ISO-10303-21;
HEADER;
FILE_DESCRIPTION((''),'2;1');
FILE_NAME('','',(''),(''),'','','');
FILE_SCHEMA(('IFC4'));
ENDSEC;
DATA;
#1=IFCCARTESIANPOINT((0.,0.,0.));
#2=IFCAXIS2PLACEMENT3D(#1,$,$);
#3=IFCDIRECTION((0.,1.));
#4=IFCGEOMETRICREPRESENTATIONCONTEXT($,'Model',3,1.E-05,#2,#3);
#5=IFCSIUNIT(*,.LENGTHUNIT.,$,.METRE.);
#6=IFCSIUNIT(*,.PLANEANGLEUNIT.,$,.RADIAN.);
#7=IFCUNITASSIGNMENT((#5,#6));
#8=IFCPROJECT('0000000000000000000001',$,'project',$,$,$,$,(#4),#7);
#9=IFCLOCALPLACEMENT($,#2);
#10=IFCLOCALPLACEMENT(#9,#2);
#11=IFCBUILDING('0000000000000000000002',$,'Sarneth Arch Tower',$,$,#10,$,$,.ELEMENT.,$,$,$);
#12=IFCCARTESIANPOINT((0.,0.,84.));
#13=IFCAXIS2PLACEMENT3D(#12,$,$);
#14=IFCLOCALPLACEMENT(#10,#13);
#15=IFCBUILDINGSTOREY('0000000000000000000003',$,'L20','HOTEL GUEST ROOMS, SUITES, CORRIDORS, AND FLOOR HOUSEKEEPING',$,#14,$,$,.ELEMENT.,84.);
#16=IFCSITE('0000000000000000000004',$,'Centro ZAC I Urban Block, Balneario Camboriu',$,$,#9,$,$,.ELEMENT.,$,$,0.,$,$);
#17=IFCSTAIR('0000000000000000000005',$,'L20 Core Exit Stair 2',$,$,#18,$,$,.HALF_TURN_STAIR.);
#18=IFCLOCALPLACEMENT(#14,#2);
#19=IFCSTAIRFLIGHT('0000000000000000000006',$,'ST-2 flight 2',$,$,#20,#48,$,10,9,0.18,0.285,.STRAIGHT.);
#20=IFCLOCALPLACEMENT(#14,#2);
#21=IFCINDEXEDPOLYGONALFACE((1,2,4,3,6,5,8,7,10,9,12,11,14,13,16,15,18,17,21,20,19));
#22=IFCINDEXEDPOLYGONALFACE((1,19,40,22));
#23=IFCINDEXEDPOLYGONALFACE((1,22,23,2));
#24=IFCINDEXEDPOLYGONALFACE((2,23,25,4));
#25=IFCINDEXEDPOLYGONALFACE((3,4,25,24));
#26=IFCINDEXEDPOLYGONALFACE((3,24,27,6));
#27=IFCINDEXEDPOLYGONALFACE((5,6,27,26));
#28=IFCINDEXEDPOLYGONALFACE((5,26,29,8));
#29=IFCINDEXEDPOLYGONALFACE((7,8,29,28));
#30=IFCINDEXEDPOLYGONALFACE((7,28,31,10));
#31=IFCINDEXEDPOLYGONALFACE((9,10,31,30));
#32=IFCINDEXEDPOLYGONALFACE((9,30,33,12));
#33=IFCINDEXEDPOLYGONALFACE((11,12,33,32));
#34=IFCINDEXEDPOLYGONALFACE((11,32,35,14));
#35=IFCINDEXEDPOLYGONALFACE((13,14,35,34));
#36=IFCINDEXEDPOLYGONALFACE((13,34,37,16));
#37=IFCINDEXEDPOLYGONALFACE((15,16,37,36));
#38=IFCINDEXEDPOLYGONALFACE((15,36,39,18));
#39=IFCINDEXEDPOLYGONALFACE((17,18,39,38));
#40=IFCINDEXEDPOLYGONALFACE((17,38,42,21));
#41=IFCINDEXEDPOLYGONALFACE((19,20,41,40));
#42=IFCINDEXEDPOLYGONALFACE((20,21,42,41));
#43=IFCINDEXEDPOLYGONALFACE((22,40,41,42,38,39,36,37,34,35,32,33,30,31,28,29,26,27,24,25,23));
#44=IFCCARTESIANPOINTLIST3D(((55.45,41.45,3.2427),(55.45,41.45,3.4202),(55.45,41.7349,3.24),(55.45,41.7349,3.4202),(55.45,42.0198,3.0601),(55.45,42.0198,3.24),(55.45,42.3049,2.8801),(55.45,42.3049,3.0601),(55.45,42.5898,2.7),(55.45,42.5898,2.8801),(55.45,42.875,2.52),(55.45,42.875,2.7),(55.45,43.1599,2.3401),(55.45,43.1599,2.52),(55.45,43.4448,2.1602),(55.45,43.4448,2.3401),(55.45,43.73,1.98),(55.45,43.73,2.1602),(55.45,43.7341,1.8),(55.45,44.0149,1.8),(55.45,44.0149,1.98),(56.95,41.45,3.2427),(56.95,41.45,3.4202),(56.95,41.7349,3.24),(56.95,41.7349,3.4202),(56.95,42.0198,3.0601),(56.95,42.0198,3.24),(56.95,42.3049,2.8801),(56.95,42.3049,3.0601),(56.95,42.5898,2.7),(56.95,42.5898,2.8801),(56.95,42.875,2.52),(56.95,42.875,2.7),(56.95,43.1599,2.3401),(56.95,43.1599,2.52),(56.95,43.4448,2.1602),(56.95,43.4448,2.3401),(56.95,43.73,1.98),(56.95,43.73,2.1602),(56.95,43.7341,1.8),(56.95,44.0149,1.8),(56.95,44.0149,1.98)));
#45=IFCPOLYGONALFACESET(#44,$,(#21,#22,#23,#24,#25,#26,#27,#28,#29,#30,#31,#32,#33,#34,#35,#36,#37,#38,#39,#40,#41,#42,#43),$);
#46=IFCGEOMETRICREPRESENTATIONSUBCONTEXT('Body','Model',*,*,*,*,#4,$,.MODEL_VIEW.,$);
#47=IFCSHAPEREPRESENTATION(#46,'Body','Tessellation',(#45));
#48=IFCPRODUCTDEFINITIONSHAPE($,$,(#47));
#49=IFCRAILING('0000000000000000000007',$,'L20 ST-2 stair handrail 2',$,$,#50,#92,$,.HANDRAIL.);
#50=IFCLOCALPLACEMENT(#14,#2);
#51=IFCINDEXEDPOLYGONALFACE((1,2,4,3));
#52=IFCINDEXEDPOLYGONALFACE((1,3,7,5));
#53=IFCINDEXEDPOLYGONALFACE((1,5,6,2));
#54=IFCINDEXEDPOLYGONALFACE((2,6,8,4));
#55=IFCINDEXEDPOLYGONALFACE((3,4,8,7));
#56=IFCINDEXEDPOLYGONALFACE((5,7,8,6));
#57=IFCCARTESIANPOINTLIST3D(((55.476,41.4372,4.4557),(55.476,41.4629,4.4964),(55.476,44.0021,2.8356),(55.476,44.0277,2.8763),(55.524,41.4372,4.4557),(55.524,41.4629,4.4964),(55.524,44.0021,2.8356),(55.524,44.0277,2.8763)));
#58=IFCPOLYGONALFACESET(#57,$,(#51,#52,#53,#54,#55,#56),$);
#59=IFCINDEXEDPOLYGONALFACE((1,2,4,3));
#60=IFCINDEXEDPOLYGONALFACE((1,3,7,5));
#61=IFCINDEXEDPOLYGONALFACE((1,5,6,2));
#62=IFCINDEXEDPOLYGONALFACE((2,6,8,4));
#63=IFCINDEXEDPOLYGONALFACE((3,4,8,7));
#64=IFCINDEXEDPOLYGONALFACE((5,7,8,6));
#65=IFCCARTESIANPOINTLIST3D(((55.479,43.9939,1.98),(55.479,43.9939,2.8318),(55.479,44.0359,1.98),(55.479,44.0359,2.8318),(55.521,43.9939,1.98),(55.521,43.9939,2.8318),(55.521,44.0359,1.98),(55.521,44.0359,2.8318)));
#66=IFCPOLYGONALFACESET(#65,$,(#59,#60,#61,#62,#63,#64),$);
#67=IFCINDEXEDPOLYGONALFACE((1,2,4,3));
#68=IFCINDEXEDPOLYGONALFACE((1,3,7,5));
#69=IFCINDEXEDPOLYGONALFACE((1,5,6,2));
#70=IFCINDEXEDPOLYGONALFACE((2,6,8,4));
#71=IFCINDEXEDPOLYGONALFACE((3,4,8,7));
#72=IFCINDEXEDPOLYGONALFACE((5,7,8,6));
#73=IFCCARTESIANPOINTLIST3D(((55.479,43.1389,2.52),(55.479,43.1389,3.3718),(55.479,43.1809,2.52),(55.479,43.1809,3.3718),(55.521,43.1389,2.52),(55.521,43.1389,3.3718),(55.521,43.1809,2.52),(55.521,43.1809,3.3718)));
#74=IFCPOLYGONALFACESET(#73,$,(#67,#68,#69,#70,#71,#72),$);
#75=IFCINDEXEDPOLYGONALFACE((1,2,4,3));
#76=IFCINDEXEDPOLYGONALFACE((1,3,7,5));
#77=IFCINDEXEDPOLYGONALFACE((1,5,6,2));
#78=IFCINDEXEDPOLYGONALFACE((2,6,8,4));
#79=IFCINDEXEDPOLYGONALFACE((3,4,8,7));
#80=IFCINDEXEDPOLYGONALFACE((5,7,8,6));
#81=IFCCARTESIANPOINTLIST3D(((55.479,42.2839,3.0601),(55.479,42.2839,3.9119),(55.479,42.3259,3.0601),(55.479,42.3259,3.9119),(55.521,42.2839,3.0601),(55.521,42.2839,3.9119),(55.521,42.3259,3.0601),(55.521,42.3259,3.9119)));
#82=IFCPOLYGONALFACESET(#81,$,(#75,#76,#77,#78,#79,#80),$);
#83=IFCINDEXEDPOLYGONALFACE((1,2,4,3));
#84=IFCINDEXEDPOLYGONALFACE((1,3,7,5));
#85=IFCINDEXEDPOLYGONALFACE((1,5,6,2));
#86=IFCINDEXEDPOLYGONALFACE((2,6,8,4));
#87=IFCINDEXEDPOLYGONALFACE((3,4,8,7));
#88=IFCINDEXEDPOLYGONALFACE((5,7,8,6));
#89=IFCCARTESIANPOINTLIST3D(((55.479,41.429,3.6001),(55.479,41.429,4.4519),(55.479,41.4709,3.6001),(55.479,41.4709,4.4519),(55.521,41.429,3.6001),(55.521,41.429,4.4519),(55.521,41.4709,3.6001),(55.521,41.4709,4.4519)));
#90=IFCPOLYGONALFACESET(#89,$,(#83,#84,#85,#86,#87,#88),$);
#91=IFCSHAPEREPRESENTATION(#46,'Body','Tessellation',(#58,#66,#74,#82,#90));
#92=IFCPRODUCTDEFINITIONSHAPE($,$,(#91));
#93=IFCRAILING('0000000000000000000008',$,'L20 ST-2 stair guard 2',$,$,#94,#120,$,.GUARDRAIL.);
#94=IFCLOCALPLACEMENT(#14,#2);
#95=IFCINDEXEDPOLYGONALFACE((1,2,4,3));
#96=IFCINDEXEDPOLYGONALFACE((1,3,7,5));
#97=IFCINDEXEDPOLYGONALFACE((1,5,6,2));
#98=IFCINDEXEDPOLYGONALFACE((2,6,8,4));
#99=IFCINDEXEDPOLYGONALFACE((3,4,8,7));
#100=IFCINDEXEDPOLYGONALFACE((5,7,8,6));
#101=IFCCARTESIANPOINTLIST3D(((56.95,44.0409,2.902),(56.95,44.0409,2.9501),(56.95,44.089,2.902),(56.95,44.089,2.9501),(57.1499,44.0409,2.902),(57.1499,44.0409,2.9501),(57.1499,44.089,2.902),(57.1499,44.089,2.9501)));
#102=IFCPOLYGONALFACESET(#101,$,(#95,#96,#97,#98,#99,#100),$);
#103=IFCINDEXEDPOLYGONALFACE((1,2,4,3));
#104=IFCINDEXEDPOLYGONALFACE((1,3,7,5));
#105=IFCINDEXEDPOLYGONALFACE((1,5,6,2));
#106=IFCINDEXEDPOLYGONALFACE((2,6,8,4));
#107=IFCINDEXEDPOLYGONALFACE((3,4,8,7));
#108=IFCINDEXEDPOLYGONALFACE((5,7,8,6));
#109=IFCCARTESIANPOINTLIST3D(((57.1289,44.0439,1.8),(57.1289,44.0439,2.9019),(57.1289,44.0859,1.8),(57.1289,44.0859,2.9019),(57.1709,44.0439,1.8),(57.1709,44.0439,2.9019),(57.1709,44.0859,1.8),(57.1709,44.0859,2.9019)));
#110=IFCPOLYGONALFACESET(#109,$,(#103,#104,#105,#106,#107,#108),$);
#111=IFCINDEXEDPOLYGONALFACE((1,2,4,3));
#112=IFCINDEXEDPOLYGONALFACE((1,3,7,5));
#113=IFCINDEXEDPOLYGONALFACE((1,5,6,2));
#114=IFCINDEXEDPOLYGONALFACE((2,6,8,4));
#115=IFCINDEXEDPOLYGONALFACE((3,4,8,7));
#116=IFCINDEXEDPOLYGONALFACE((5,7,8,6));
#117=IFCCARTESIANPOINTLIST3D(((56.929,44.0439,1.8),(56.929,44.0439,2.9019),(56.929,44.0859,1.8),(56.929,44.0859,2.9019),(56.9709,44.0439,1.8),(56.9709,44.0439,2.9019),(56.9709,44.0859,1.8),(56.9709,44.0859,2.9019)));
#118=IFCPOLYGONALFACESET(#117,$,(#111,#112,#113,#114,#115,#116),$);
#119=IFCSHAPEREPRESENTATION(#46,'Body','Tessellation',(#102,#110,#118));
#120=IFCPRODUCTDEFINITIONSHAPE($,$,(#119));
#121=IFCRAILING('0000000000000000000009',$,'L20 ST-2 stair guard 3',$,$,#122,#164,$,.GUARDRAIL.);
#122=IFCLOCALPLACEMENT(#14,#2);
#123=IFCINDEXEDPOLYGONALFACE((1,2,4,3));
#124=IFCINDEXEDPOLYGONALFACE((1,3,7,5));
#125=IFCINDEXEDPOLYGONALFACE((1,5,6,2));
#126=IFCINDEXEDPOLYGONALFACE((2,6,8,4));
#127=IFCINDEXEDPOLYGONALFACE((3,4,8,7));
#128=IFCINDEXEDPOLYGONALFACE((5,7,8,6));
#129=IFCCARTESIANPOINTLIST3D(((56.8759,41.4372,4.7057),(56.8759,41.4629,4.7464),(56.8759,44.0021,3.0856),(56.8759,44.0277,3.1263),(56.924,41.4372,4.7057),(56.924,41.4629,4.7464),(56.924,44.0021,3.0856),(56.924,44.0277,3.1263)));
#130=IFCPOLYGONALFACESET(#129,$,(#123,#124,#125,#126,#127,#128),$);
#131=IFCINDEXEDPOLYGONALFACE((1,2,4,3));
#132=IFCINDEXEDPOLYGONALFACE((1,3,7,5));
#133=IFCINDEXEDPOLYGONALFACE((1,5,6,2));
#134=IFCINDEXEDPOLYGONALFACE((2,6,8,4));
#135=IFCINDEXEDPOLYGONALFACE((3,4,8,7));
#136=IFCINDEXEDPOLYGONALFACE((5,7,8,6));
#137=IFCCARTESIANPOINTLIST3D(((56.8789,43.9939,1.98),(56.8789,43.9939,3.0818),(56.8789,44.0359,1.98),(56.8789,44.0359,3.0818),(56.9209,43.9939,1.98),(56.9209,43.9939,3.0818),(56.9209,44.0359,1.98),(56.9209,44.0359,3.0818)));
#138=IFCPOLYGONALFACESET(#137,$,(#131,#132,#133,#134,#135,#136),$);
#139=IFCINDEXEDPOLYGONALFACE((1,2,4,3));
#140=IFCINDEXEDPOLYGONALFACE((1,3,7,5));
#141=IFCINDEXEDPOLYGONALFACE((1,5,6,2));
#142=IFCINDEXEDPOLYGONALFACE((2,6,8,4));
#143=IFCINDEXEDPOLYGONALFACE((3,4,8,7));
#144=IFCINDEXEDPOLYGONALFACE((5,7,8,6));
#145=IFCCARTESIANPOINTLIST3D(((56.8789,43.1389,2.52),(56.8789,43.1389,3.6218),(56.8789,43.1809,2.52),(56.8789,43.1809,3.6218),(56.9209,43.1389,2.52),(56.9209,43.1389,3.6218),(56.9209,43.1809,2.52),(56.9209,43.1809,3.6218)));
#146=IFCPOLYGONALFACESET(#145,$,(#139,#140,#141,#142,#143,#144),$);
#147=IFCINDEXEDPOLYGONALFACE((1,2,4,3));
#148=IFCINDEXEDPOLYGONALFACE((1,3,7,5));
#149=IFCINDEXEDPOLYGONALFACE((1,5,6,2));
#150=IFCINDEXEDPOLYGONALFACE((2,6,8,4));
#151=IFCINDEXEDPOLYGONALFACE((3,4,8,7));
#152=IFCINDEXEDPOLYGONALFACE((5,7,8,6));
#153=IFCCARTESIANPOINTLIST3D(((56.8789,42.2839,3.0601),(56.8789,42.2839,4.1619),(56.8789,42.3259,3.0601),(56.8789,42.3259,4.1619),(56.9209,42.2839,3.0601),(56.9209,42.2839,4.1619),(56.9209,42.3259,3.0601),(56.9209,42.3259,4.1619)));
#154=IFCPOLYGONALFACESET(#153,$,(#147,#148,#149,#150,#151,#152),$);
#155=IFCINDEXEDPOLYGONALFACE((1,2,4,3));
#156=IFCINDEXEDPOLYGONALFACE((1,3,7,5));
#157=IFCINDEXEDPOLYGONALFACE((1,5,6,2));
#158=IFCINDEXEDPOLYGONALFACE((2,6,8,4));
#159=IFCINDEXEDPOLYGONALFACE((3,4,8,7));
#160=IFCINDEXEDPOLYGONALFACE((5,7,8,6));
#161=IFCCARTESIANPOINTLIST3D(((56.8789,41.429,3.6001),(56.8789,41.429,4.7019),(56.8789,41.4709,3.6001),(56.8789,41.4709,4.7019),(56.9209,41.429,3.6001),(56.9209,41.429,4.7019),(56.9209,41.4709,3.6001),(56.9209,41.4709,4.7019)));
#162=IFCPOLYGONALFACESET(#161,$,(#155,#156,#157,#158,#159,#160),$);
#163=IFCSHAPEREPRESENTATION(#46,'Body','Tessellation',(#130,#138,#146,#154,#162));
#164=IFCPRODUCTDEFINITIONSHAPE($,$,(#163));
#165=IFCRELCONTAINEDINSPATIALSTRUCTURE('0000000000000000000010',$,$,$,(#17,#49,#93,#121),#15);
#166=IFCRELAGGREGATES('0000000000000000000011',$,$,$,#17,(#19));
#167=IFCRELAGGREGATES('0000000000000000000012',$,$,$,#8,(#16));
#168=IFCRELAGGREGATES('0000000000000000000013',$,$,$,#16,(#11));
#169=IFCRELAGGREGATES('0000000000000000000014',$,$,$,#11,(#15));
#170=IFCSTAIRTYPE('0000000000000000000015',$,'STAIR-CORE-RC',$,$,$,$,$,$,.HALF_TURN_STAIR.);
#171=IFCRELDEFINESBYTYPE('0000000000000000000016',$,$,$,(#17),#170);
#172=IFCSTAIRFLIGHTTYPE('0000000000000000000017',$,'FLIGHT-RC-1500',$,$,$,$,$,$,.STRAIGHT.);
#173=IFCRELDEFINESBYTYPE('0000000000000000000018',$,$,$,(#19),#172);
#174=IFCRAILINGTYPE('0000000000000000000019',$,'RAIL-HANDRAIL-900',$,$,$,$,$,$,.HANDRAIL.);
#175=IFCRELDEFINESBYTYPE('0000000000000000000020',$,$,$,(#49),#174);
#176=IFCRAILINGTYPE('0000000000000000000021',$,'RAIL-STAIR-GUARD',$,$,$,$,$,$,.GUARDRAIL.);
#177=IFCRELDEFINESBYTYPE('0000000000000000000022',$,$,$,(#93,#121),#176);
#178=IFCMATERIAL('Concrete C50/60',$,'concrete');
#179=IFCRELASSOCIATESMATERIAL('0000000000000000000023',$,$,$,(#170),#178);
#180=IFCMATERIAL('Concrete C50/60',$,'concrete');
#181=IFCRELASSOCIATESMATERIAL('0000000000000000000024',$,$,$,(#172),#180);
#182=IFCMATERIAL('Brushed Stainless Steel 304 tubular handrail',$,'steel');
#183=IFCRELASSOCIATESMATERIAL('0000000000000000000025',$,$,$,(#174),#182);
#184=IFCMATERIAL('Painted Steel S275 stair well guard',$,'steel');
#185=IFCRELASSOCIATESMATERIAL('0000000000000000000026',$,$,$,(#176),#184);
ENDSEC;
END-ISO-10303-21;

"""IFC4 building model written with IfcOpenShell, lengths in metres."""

from ifc_helpers import new_model, si_unit, direction, frame, origin, origin_2d, place, context, subcontext, project, spatial, polyline, rectangle, outline, extrude, material, type_object, element, aggregate, save


model = new_model("IFC4")

# Units and contexts
model_context = context("Model", 3, precision=1e-05, world=origin(), true_north=direction((0.0, 1.0)))
body_context = subcontext(model_context, "Body", "Model", "MODEL_VIEW")
ifc_project = project(units=[si_unit("LENGTHUNIT", "METRE"), si_unit("PLANEANGLEUNIT", "RADIAN")], contexts=[model_context])

# Site, building, storey
site_placement = place(None, origin())
site = spatial("IfcSite", under=ifc_project, at=site_placement, Name="Centro ZAC I Urban Block, Balneario Camboriu", CompositionType="ELEMENT", RefElevation=0.0)
building_placement = place(site_placement, origin())
building = spatial("IfcBuilding", under=site, at=building_placement, Name="Sarneth Arch Tower", CompositionType="ELEMENT")
storey_placement = place(building_placement, frame((0.0, 0.0, 84.0)))
storey = spatial("IfcBuildingStorey", under=building, at=storey_placement, Name="L20", Description="HOTEL GUEST ROOMS, SUITES, CORRIDORS, AND FLOOR HOUSEKEEPING", CompositionType="ELEMENT", Elevation=84.0)

# Stair, stair flight
ifc_material_1 = material(Name="Concrete C50/60", Category="concrete")
stair_type = type_object("IfcStairType", Name="STAIR-CORE-RC", PredefinedType="HALF_TURN_STAIR", material=ifc_material_1)
stair_placement = place(storey_placement, origin())
stair = element("IfcStair", 1, at=stair_placement, inside=storey, type_object=stair_type, Name="L20 Core Exit Stair 2", PredefinedType="HALF_TURN_STAIR")
ifc_material_2 = material(Name="Concrete C50/60", Category="concrete")
stair_flight_type = type_object("IfcStairFlightType", Name="FLIGHT-RC-1500", PredefinedType="STRAIGHT", material=ifc_material_2)
stair_flight_placement = place(storey_placement, frame((56.2, 44.0149, 1.8), z_axis=(0.0, 0.0, 1.0), x_axis=(0.0, -1.0, 0.0)))
stair_flight = element("IfcStairFlight", 2, at=stair_flight_placement, type_object=stair_flight_type, Name="ST-2 flight 2", NumberOfRisers=10, NumberOfTreads=9, PredefinedType="STRAIGHT", RiserHeight=0.18, TreadLength=0.285, context=body_context, shape_type="SweptSolid", body=[
    extrude(outline(polyline([(0.0, 0.0), (0.0, 0.1799), (0.2849, 0.1799), (0.2849, 0.3601), (0.5701, 0.3601), (0.5701, 0.54), (0.855, 0.54), (0.855, 0.72), (1.1399, 0.72), (1.1399, 0.8999), (1.425, 0.8999), (1.425, 1.0801), (1.71, 1.0801), (1.71, 1.26), (1.9951, 1.26), (1.9951, 1.4399), (2.28, 1.4399), (2.28, 1.6201), (2.5649, 1.6201), (2.5649, 1.8), (2.5649, 1.4426), (0.2808, 0.0), (0.0, 0.0)])), frame((0.0, 0.75, 0.0), z_axis=(0.0, -1.0, 0.0), x_axis=(1.0, 0.0, 0.0)), (0.0, 0.0, 1.0), 1.5),
])
aggregate(stair, [stair_flight])

# Railings
ifc_material_3 = material(Name="Brushed Stainless Steel 304 tubular handrail", Category="steel")
railing_type_1 = type_object("IfcRailingType", Name="RAIL-HANDRAIL-900", PredefinedType="HANDRAIL", material=ifc_material_3)
railing_1_placement = place(storey_placement, frame((55.5, 44.0149, 1.98)))
element("IfcRailing", 3, at=railing_1_placement, inside=storey, type_object=railing_type_1, Name="L20 ST-2 stair handrail 2", PredefinedType="HANDRAIL", context=body_context, shape_type="SweptSolid", body=[
    extrude(rectangle(XDim=0.0481, YDim=0.0481, at=origin_2d()), frame((0.0, 0.0, 0.876), z_axis=(0.0, -0.845466, 0.534029), x_axis=(1.0, 0.0, 0.0)), (0.0, 0.0, 1.0), 3.0337),
    extrude(rectangle(XDim=0.042, YDim=0.042, at=origin_2d()), origin(), (0.0, 0.0, 1.0), 0.8518),
    extrude(rectangle(XDim=0.042, YDim=0.042, at=origin_2d()), frame((0.0, -0.855, 0.54)), (0.0, 0.0, 1.0), 0.8518),
    extrude(rectangle(XDim=0.042, YDim=0.042, at=origin_2d()), frame((0.0, -1.71, 1.0801)), (0.0, 0.0, 1.0), 0.8518),
    extrude(rectangle(XDim=0.042, YDim=0.042, at=origin_2d()), frame((0.0, -2.5649, 1.6201)), (0.0, 0.0, 1.0), 0.8518),
])
ifc_material_4 = material(Name="Painted Steel S275 stair well guard", Category="steel")
railing_type_2 = type_object("IfcRailingType", Name="RAIL-STAIR-GUARD", PredefinedType="GUARDRAIL", material=ifc_material_4)
railing_2_placement = place(storey_placement, frame((57.1499, 44.0649, 1.8)))
element("IfcRailing", 4, at=railing_2_placement, inside=storey, type_object=railing_type_2, Name="L20 ST-2 stair guard 2", PredefinedType="GUARDRAIL", context=body_context, shape_type="SweptSolid", body=[
    extrude(rectangle(XDim=0.0481, YDim=0.0481, at=origin_2d()), frame((0.0, 0.0, 1.126), z_axis=(-1.0, 0.0, 0.0), x_axis=(0.0, -1.0, 0.0)), (0.0, 0.0, 1.0), 0.2),
    extrude(rectangle(XDim=0.042, YDim=0.042, at=origin_2d()), origin(), (0.0, 0.0, 1.0), 1.1018),
    extrude(rectangle(XDim=0.042, YDim=0.042, at=origin_2d()), frame((-0.2, 0.0, 0.0)), (0.0, 0.0, 1.0), 1.1018),
])
railing_3_placement = place(storey_placement, frame((56.8999, 44.0149, 1.98)))
element("IfcRailing", 5, at=railing_3_placement, inside=storey, type_object=railing_type_2, Name="L20 ST-2 stair guard 3", PredefinedType="GUARDRAIL", context=body_context, shape_type="SweptSolid", body=[
    extrude(rectangle(XDim=0.0481, YDim=0.0481, at=origin_2d()), frame((0.0, 0.0, 1.126), z_axis=(0.0, -0.845466, 0.534029), x_axis=(1.0, 0.0, 0.0)), (0.0, 0.0, 1.0), 3.0337),
    extrude(rectangle(XDim=0.042, YDim=0.042, at=origin_2d()), origin(), (0.0, 0.0, 1.0), 1.1018),
    extrude(rectangle(XDim=0.042, YDim=0.042, at=origin_2d()), frame((0.0, -0.855, 0.54)), (0.0, 0.0, 1.0), 1.1018),
    extrude(rectangle(XDim=0.042, YDim=0.042, at=origin_2d()), frame((0.0, -1.71, 1.0801)), (0.0, 0.0, 1.0), 1.1018),
    extrude(rectangle(XDim=0.042, YDim=0.042, at=origin_2d()), frame((0.0, -2.5649, 1.6201)), (0.0, 0.0, 1.0), 1.1018),
])

save(model, "model.ifc")
